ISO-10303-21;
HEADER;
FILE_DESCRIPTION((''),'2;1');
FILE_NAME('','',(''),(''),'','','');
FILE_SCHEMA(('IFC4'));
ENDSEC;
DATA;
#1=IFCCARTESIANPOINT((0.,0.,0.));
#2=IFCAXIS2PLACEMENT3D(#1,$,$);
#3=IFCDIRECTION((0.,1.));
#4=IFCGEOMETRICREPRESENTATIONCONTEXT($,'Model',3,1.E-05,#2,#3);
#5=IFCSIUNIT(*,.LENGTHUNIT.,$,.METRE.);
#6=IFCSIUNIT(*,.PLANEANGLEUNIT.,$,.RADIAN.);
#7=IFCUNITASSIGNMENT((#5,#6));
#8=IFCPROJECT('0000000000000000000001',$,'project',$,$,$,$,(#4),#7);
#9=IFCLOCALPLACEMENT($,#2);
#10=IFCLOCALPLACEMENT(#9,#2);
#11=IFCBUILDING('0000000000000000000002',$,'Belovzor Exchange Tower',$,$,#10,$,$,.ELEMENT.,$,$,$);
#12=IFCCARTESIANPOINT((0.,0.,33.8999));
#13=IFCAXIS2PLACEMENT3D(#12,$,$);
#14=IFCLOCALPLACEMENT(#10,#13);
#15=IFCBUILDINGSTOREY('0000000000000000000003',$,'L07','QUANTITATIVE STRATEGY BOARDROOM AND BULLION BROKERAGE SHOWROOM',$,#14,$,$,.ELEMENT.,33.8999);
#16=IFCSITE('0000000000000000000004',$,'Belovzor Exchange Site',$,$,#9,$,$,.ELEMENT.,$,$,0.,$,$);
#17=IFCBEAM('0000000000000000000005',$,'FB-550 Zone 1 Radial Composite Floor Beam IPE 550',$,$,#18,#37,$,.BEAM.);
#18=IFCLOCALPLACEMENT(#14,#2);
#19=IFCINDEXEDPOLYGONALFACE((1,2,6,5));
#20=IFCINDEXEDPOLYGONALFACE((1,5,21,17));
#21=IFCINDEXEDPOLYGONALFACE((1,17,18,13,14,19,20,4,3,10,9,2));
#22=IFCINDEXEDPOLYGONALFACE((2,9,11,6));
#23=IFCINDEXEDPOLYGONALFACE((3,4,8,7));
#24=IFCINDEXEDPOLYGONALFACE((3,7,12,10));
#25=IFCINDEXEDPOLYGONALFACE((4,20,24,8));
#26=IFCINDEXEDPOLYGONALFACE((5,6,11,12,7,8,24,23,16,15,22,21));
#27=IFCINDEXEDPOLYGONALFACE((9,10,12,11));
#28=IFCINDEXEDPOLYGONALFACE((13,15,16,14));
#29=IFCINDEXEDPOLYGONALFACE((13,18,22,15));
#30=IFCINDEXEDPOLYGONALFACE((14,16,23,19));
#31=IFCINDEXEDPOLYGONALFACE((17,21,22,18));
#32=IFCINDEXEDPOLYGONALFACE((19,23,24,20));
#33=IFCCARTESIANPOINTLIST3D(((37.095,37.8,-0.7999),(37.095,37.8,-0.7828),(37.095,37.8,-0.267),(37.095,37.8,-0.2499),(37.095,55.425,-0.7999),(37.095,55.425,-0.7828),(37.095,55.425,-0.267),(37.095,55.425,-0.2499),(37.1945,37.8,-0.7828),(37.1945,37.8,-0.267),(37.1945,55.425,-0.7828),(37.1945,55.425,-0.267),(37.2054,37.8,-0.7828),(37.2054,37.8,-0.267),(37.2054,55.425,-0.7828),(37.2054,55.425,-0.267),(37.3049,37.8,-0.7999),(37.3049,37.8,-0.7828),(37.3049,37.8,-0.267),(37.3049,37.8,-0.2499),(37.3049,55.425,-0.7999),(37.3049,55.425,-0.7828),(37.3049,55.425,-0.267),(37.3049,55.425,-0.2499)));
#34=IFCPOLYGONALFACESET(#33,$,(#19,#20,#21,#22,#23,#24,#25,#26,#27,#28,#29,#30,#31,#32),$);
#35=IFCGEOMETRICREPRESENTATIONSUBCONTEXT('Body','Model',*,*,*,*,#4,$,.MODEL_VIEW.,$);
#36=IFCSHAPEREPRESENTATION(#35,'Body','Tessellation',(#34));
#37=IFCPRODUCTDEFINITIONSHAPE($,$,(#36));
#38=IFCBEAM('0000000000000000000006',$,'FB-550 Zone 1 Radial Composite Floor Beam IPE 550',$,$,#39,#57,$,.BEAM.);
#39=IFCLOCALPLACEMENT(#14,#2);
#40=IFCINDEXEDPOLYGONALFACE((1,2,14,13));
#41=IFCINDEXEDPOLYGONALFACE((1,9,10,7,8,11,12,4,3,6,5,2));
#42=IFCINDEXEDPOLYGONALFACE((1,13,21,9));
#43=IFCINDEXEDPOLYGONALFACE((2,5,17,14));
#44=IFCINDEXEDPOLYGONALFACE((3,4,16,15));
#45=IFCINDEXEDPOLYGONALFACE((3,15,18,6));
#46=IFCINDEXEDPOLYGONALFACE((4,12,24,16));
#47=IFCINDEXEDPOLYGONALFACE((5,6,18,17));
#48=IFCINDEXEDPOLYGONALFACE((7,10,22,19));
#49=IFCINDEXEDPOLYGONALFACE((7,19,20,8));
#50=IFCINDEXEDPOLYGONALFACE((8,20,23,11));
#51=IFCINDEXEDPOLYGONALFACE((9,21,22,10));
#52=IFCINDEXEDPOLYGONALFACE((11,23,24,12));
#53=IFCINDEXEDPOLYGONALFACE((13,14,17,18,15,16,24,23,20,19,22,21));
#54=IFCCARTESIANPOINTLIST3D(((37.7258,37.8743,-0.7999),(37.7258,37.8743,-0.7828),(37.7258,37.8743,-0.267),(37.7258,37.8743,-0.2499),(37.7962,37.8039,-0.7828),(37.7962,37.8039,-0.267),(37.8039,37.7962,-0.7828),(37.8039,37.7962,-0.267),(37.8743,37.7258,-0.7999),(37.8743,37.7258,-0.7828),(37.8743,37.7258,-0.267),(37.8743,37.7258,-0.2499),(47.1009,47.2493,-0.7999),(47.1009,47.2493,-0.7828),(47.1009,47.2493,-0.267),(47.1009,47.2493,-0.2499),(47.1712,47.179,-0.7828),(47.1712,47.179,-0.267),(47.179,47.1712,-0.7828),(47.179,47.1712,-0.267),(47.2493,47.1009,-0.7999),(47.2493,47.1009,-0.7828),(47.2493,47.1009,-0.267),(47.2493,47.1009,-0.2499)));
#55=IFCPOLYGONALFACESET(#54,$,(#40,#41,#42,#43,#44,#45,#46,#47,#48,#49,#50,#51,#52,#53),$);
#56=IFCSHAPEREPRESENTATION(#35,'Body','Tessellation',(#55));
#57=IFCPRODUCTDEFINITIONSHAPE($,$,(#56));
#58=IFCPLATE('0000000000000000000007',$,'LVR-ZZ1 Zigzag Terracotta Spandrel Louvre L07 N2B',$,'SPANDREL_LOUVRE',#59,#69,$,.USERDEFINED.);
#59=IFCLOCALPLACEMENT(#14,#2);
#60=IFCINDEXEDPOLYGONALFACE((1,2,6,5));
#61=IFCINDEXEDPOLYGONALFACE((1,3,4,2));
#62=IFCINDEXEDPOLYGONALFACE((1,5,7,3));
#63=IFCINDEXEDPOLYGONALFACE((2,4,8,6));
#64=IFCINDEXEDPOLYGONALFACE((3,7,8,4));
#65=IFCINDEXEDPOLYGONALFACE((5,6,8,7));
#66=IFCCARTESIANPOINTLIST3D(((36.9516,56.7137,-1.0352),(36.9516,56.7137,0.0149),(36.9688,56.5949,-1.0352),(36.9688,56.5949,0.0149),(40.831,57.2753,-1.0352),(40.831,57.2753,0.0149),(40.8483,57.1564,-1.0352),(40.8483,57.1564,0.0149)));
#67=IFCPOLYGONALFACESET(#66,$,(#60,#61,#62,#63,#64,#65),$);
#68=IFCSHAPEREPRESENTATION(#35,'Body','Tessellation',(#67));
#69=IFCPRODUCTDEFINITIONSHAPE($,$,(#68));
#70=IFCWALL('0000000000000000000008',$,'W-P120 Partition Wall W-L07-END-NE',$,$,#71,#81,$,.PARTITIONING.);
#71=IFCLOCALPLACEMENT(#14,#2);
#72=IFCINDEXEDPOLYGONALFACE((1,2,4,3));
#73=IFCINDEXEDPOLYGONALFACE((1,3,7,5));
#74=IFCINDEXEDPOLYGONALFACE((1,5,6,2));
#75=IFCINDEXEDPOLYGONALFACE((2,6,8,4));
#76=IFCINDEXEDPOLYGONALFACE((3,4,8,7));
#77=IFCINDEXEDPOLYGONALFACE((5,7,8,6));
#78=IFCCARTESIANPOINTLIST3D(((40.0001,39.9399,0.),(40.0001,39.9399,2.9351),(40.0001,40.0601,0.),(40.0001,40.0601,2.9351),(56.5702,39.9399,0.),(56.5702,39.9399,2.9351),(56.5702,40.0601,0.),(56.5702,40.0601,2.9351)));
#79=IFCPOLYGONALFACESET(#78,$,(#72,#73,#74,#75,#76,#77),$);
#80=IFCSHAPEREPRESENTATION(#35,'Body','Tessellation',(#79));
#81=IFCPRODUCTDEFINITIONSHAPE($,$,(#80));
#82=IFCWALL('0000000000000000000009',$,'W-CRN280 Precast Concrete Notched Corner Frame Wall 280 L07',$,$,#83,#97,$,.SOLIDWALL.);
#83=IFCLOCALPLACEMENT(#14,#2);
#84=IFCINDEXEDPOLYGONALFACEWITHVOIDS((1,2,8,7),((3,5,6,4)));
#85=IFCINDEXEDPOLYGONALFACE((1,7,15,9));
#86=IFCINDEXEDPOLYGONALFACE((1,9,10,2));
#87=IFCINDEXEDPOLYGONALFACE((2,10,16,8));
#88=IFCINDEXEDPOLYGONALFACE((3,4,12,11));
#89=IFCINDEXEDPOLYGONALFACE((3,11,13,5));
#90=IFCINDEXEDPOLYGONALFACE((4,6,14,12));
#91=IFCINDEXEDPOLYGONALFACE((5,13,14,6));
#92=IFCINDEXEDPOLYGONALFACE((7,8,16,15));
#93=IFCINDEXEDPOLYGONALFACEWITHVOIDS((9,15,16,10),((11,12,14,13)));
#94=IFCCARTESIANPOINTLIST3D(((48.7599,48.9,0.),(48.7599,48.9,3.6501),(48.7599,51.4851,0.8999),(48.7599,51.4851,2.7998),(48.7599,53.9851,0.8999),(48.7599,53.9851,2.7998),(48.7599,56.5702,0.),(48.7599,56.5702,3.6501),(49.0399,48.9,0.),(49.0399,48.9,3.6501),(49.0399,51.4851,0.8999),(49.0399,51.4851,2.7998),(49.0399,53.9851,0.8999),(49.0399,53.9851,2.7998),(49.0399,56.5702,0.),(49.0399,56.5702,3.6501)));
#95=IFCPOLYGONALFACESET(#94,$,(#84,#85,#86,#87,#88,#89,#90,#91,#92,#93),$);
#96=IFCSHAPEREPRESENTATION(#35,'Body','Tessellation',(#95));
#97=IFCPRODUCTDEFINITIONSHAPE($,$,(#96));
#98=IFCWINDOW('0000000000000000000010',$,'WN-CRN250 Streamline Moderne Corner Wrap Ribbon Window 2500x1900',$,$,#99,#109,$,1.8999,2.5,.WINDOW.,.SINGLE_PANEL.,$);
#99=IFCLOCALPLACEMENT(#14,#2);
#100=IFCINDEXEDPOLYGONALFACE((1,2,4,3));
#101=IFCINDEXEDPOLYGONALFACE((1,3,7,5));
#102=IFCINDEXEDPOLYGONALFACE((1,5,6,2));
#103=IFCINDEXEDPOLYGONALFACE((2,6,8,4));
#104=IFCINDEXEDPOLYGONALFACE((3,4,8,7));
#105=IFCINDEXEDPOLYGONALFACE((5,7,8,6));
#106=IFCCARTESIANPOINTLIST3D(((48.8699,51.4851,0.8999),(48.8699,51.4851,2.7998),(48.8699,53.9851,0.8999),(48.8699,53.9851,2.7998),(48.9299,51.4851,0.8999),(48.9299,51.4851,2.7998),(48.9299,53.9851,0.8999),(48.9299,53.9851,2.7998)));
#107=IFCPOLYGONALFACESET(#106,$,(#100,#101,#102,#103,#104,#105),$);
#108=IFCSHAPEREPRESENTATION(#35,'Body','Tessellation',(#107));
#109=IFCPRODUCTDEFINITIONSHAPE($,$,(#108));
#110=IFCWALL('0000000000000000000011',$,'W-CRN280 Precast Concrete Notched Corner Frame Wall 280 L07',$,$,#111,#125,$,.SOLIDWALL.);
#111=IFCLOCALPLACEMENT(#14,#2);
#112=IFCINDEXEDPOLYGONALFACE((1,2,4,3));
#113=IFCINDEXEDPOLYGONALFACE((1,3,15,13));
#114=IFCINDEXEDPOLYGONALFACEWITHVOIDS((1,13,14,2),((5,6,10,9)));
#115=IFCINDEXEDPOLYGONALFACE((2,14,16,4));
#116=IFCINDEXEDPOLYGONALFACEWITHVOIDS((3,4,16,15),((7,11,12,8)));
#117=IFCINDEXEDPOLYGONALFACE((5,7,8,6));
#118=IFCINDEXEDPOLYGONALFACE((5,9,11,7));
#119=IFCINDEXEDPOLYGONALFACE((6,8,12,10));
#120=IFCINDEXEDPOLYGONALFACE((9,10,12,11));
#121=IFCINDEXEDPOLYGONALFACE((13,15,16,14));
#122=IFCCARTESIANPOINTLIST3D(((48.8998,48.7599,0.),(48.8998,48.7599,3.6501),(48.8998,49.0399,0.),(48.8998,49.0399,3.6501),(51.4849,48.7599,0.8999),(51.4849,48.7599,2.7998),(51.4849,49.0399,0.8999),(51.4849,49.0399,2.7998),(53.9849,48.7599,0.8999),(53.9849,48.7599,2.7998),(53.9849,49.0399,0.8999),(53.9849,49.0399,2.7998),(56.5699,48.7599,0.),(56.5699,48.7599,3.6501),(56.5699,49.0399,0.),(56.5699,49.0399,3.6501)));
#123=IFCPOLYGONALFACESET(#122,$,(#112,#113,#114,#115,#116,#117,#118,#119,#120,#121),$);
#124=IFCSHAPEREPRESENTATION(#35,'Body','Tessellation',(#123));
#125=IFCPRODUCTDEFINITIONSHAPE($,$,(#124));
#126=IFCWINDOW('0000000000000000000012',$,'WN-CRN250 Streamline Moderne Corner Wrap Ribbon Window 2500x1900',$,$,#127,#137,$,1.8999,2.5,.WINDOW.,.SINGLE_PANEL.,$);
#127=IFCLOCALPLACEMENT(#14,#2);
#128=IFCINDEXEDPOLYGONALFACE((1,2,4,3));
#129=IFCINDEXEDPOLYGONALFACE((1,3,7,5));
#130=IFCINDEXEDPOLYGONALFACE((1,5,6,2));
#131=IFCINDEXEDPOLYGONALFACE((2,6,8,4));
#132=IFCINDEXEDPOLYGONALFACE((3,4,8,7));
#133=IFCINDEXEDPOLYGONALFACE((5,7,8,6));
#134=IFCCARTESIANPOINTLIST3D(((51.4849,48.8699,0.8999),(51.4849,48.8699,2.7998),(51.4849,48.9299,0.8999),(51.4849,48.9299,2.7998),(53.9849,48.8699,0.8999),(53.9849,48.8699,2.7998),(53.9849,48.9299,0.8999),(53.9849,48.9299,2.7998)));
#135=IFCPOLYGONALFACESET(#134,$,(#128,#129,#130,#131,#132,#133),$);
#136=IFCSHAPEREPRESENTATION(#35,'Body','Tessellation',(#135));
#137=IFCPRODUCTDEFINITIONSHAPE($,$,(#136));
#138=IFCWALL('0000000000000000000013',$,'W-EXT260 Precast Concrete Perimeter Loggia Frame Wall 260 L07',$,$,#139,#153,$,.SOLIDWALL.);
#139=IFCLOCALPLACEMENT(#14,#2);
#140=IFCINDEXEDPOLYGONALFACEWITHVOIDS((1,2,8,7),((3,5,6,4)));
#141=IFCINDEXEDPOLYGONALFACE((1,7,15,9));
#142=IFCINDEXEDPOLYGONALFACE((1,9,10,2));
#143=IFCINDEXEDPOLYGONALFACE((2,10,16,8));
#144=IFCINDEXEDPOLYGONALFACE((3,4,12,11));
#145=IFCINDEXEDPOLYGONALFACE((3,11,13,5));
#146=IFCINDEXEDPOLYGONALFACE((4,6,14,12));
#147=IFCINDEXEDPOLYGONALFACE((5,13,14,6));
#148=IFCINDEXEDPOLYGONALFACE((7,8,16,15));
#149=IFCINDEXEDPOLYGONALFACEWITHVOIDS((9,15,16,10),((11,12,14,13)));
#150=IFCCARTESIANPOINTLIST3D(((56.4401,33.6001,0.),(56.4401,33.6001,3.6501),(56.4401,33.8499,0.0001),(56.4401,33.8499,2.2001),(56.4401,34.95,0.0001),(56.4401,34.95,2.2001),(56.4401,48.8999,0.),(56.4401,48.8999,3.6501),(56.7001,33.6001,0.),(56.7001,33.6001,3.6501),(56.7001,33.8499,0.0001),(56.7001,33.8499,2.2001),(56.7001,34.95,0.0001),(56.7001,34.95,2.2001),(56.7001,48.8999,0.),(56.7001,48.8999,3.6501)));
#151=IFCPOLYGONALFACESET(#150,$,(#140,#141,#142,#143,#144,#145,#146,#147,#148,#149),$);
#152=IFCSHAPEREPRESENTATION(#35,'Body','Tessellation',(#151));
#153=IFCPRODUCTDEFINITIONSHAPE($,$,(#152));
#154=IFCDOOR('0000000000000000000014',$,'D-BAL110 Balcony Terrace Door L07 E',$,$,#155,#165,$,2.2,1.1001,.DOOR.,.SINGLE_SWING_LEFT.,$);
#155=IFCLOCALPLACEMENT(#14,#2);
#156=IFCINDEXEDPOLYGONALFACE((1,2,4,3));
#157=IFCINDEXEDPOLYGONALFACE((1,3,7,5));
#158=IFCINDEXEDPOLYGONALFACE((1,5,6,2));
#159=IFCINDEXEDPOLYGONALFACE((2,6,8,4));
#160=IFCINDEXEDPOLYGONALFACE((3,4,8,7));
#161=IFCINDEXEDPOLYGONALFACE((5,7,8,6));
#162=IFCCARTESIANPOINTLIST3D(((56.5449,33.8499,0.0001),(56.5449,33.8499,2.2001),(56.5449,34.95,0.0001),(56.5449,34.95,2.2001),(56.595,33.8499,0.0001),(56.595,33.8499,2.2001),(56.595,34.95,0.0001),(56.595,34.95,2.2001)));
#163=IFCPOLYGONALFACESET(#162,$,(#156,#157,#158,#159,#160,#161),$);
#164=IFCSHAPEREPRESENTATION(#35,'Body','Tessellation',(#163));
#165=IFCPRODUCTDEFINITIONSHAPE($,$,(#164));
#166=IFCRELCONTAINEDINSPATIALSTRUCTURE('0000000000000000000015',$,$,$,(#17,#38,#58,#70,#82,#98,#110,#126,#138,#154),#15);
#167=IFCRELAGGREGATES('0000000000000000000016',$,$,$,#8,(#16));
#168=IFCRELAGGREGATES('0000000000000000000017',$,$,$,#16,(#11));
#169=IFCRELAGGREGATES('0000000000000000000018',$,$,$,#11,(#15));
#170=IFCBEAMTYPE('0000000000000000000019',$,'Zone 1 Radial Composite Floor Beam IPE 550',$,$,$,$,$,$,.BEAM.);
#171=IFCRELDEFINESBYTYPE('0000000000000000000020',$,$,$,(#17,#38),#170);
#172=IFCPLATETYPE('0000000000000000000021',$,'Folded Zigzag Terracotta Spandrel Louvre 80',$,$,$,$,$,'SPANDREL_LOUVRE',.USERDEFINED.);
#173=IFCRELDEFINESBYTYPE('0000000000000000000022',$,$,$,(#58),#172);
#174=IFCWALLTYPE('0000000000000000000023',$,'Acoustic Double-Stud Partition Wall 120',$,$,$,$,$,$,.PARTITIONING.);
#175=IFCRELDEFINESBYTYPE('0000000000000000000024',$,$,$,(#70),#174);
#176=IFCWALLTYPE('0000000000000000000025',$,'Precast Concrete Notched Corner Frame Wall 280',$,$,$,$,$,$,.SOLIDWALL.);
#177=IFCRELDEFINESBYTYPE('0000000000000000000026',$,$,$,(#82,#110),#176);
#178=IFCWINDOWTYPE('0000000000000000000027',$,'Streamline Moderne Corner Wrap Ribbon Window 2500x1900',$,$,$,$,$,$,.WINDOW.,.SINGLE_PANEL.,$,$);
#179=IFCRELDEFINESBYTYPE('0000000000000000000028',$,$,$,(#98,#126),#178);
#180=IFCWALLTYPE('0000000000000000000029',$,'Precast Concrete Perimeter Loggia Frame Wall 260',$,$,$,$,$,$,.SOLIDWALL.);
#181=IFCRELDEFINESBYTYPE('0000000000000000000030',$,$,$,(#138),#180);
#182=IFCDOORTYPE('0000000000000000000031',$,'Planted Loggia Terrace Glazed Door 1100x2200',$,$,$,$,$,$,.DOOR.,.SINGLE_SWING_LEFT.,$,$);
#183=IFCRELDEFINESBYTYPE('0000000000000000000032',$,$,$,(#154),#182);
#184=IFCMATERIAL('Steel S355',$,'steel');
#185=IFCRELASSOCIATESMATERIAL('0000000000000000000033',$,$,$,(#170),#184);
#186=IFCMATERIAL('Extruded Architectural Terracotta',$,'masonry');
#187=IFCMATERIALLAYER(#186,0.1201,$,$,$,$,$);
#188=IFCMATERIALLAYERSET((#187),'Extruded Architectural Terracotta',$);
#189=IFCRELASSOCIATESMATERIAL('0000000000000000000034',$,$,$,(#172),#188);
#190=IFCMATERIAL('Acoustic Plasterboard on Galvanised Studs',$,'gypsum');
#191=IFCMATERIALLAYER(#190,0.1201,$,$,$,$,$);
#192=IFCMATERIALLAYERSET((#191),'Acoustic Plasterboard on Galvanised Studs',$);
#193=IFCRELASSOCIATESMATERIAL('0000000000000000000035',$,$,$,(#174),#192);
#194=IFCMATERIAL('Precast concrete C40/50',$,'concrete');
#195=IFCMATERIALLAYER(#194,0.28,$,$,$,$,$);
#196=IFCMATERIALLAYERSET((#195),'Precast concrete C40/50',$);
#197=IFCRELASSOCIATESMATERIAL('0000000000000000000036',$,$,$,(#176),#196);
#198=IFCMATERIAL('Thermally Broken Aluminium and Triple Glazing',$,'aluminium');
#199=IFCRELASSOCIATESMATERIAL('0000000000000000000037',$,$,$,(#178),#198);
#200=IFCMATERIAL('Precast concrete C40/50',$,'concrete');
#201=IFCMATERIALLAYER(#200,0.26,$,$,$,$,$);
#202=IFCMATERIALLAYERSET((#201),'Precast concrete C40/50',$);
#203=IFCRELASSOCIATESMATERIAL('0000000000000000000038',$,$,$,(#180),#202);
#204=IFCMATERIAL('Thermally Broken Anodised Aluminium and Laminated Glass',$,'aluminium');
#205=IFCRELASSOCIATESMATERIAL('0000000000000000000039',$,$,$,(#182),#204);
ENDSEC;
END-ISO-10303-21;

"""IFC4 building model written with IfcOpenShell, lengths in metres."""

from ifc_helpers import new_model, si_unit, direction, frame, frame_2d, origin, origin_2d, place, context, subcontext, project, spatial, rectangle, i_section, extrude, material, layer, layer_set, material_profile, profile_set, type_object, element, fill, save


model = new_model("IFC4")

# Units and contexts
model_context = context("Model", 3, precision=1e-05, world=origin(), true_north=direction((0.0, 1.0)))
body_context = subcontext(model_context, "Body", "Model", "MODEL_VIEW")
ifc_project = project(units=[si_unit("LENGTHUNIT", "METRE"), si_unit("PLANEANGLEUNIT", "RADIAN")], contexts=[model_context])

# Site, building, storey
site_placement = place(None, origin())
site = spatial("IfcSite", under=ifc_project, at=site_placement, Name="Belovzor Exchange Site", CompositionType="ELEMENT", RefElevation=0.0)
building_placement = place(site_placement, origin())
building = spatial("IfcBuilding", under=site, at=building_placement, Name="Belovzor Exchange Tower", CompositionType="ELEMENT")
storey_placement = place(building_placement, frame((0.0, 0.0, 33.8999)))
storey = spatial("IfcBuildingStorey", under=building, at=storey_placement, Name="L07", Description="QUANTITATIVE STRATEGY BOARDROOM AND BULLION BROKERAGE SHOWROOM", CompositionType="ELEMENT", Elevation=33.8999)

# Beams
ifc_material_1 = material(Name="Steel S355", Category="steel")
ifc_material_profile_1 = material_profile(ifc_material_1, i_section(OverallWidth=0.21, OverallDepth=0.55, WebThickness=0.011, FlangeThickness=0.0171, at=origin_2d()))
ifc_profile_set_1 = profile_set([ifc_material_profile_1], Name="Steel S355")
beam_type_1 = type_object("IfcBeamType", Name="Zone 1 Radial Composite Floor Beam IPE 550", PredefinedType="BEAM", material=ifc_profile_set_1)
beam_1_placement = place(storey_placement, frame((37.2, 37.8, -0.5249), z_axis=(0.0, 1.0, 0.0), x_axis=(-1.0, 0.0, 0.0)))
element("IfcBeam", 1, at=beam_1_placement, inside=storey, type_object=beam_type_1, Name="FB-550 Zone 1 Radial Composite Floor Beam IPE 550", PredefinedType="BEAM", context=body_context, shape_type="SweptSolid", body=[
    extrude(i_section(OverallWidth=0.21, OverallDepth=0.55, WebThickness=0.011, FlangeThickness=0.0171, at=origin_2d()), origin(), (0.0, 0.0, 1.0), 17.625),
])
beam_2_placement = place(storey_placement, frame((37.8, 37.8, -0.5249), z_axis=(0.707107, 0.707107, 0.0), x_axis=(-0.707107, 0.707107, 0.0)))
element("IfcBeam", 2, at=beam_2_placement, inside=storey, type_object=beam_type_1, Name="FB-550 Zone 1 Radial Composite Floor Beam IPE 550", PredefinedType="BEAM", context=body_context, shape_type="SweptSolid", body=[
    extrude(i_section(OverallWidth=0.21, OverallDepth=0.55, WebThickness=0.011, FlangeThickness=0.0171, at=origin_2d()), origin(), (0.0, 0.0, 1.0), 13.2583),
])

# Plate
ifc_material_2 = material(Name="Extruded Architectural Terracotta", Category="masonry")
ifc_layer_1 = layer(ifc_material_2, 0.1201)
ifc_layer_set_1 = layer_set([ifc_layer_1], Name="Extruded Architectural Terracotta")
plate_type = type_object("IfcPlateType", Name="Folded Zigzag Terracotta Spandrel Louvre 80", ElementType="SPANDREL_LOUVRE", PredefinedType="USERDEFINED", material=ifc_layer_set_1)
plate_placement = place(storey_placement, frame((38.8999, 56.9351, -1.0352), z_axis=(0.0, 0.0, 1.0), x_axis=(0.989686, 0.143251, 0.0)))
element("IfcPlate", 3, at=plate_placement, inside=storey, type_object=plate_type, Name="LVR-ZZ1 Zigzag Terracotta Spandrel Louvre L07 N2B", ObjectType="SPANDREL_LOUVRE", PredefinedType="USERDEFINED", context=body_context, shape_type="SweptSolid", body=[
    extrude(rectangle(XDim=3.9199, YDim=0.1201, at=origin_2d()), origin(), (0.0, 0.0, 1.0), 1.05),
])

# Wall
ifc_material_3 = material(Name="Acoustic Plasterboard on Galvanised Studs", Category="gypsum")
ifc_layer_2 = layer(ifc_material_3, 0.1201)
ifc_layer_set_2 = layer_set([ifc_layer_2], Name="Acoustic Plasterboard on Galvanised Studs")
wall_type_1 = type_object("IfcWallType", Name="Acoustic Double-Stud Partition Wall 120", PredefinedType="PARTITIONING", material=ifc_layer_set_2)
wall_1_placement = place(storey_placement, frame((40.0, 40.0, 0.0), z_axis=(0.0, 0.0, 1.0), x_axis=(1.0, 0.0, 0.0)))
element("IfcWall", 4, at=wall_1_placement, inside=storey, type_object=wall_type_1, Name="W-P120 Partition Wall W-L07-END-NE", PredefinedType="PARTITIONING", context=body_context, shape_type="SweptSolid", body=[
    extrude(rectangle(XDim=16.5701, YDim=0.1201, at=frame_2d((8.2852, 0.0))), origin(), (0.0, 0.0, 1.0), 2.9351),
])

# Walls, openings, windows
ifc_material_4 = material(Name="Precast concrete C40/50", Category="concrete")
ifc_layer_3 = layer(ifc_material_4, 0.28)
ifc_layer_set_3 = layer_set([ifc_layer_3], Name="Precast concrete C40/50")
wall_type_2 = type_object("IfcWallType", Name="Precast Concrete Notched Corner Frame Wall 280", PredefinedType="SOLIDWALL", material=ifc_layer_set_3)
wall_2_placement = place(storey_placement, frame((48.8999, 56.5701, 0.0), z_axis=(0.0, 0.0, 1.0), x_axis=(0.0, -1.0, 0.0)))
wall_2 = element("IfcWall", 5, at=wall_2_placement, inside=storey, type_object=wall_type_2, Name="W-CRN280 Precast Concrete Notched Corner Frame Wall 280 L07", PredefinedType="SOLIDWALL", context=body_context, shape_type="SweptSolid", body=[
    extrude(rectangle(XDim=7.6702, YDim=0.28, at=frame_2d((3.835, 0.0))), origin(), (0.0, 0.0, 1.0), 3.6501),
])
opening_1_placement = place(wall_2_placement, frame((2.585, 0.0, 0.8999)))
opening_1 = element("IfcOpeningElement", 6, at=opening_1_placement, cuts=wall_2, PredefinedType="OPENING", context=body_context, shape_type="SweptSolid", body=[
    extrude(rectangle(XDim=2.5, YDim=1.8999, at=frame_2d((1.25, 0.95))), frame((0.0, 0.1499, 0.0), z_axis=(0.0, -1.0, 0.0), x_axis=(1.0, 0.0, 0.0)), (0.0, 0.0, 1.0), 0.3),
])
ifc_material_5 = material(Name="Thermally Broken Aluminium and Triple Glazing", Category="aluminium")
window_type = type_object("IfcWindowType", Name="Streamline Moderne Corner Wrap Ribbon Window 2500x1900", PartitioningType="SINGLE_PANEL", PredefinedType="WINDOW", material=ifc_material_5)
window_1_placement = place(opening_1_placement, origin())
window_1 = element("IfcWindow", 7, at=window_1_placement, inside=storey, type_object=window_type, Name="WN-CRN250 Streamline Moderne Corner Wrap Ribbon Window 2500x1900", OverallHeight=1.8999, OverallWidth=2.5, PartitioningType="SINGLE_PANEL", PredefinedType="WINDOW", context=body_context, shape_type="SweptSolid", body=[
    extrude(rectangle(XDim=2.5, YDim=1.8999, at=frame_2d((1.25, 0.95))), frame((0.0, 0.03, 0.0), z_axis=(0.0, -1.0, 0.0), x_axis=(1.0, 0.0, 0.0)), (0.0, 0.0, 1.0), 0.0601),
])
fill(opening_1, window_1)
wall_3_placement = place(storey_placement, frame((48.8999, 48.8999, 0.0), z_axis=(0.0, 0.0, 1.0), x_axis=(1.0, 0.0, 0.0)))
wall_3 = element("IfcWall", 8, at=wall_3_placement, inside=storey, type_object=wall_type_2, Name="W-CRN280 Precast Concrete Notched Corner Frame Wall 280 L07", PredefinedType="SOLIDWALL", context=body_context, shape_type="SweptSolid", body=[
    extrude(rectangle(XDim=7.6702, YDim=0.28, at=frame_2d((3.835, 0.0))), origin(), (0.0, 0.0, 1.0), 3.6501),
])
opening_2_placement = place(wall_3_placement, frame((2.585, 0.0, 0.8999)))
opening_2 = element("IfcOpeningElement", 9, at=opening_2_placement, cuts=wall_3, PredefinedType="OPENING", context=body_context, shape_type="SweptSolid", body=[
    extrude(rectangle(XDim=2.5, YDim=1.8999, at=frame_2d((1.25, 0.95))), frame((0.0, 0.1499, 0.0), z_axis=(0.0, -1.0, 0.0), x_axis=(1.0, 0.0, 0.0)), (0.0, 0.0, 1.0), 0.3),
])
window_2_placement = place(opening_2_placement, origin())
window_2 = element("IfcWindow", 10, at=window_2_placement, inside=storey, type_object=window_type, Name="WN-CRN250 Streamline Moderne Corner Wrap Ribbon Window 2500x1900", OverallHeight=1.8999, OverallWidth=2.5, PartitioningType="SINGLE_PANEL", PredefinedType="WINDOW", context=body_context, shape_type="SweptSolid", body=[
    extrude(rectangle(XDim=2.5, YDim=1.8999, at=frame_2d((1.25, 0.95))), frame((0.0, 0.03, 0.0), z_axis=(0.0, -1.0, 0.0), x_axis=(1.0, 0.0, 0.0)), (0.0, 0.0, 1.0), 0.0601),
])
fill(opening_2, window_2)

# Wall, opening, door
ifc_material_6 = material(Name="Precast concrete C40/50", Category="concrete")
ifc_layer_4 = layer(ifc_material_6, 0.26)
ifc_layer_set_4 = layer_set([ifc_layer_4], Name="Precast concrete C40/50")
wall_type_3 = type_object("IfcWallType", Name="Precast Concrete Perimeter Loggia Frame Wall 260", PredefinedType="SOLIDWALL", material=ifc_layer_set_4)
wall_4_placement = place(storey_placement, frame((56.5701, 48.8999, 0.0), z_axis=(0.0, 0.0, 1.0), x_axis=(0.0, -1.0, 0.0)))
wall_4 = element("IfcWall", 11, at=wall_4_placement, inside=storey, type_object=wall_type_3, Name="W-EXT260 Precast Concrete Perimeter Loggia Frame Wall 260 L07", PredefinedType="SOLIDWALL", context=body_context, shape_type="SweptSolid", body=[
    extrude(rectangle(XDim=15.2998, YDim=0.26, at=frame_2d((7.6499, 0.0))), origin(), (0.0, 0.0, 1.0), 3.6501),
])
opening_3_placement = place(wall_4_placement, frame((13.95, 0.0, 0.0)))
opening_3 = element("IfcOpeningElement", 12, at=opening_3_placement, cuts=wall_4, PredefinedType="OPENING", context=body_context, shape_type="SweptSolid", body=[
    extrude(rectangle(XDim=1.1001, YDim=2.2, at=frame_2d((0.55, 1.1001))), frame((0.0, 0.1399, 0.0), z_axis=(0.0, -1.0, 0.0), x_axis=(1.0, 0.0, 0.0)), (0.0, 0.0, 1.0), 0.28),
])
ifc_material_7 = material(Name="Thermally Broken Anodised Aluminium and Laminated Glass", Category="aluminium")
door_type = type_object("IfcDoorType", Name="Planted Loggia Terrace Glazed Door 1100x2200", OperationType="SINGLE_SWING_LEFT", PredefinedType="DOOR", material=ifc_material_7)
door_placement = place(opening_3_placement, origin())
door = element("IfcDoor", 13, at=door_placement, inside=storey, type_object=door_type, Name="D-BAL110 Balcony Terrace Door L07 E", OperationType="SINGLE_SWING_LEFT", OverallHeight=2.2, OverallWidth=1.1001, PredefinedType="DOOR", context=body_context, shape_type="SweptSolid", body=[
    extrude(rectangle(XDim=1.1001, YDim=2.2, at=frame_2d((0.55, 1.1001))), frame((0.0, 0.0249, 0.0), z_axis=(0.0, -1.0, 0.0), x_axis=(1.0, 0.0, 0.0)), (0.0, 0.0, 1.0), 0.05),
])
fill(opening_3, door)

save(model, "model.ifc")
